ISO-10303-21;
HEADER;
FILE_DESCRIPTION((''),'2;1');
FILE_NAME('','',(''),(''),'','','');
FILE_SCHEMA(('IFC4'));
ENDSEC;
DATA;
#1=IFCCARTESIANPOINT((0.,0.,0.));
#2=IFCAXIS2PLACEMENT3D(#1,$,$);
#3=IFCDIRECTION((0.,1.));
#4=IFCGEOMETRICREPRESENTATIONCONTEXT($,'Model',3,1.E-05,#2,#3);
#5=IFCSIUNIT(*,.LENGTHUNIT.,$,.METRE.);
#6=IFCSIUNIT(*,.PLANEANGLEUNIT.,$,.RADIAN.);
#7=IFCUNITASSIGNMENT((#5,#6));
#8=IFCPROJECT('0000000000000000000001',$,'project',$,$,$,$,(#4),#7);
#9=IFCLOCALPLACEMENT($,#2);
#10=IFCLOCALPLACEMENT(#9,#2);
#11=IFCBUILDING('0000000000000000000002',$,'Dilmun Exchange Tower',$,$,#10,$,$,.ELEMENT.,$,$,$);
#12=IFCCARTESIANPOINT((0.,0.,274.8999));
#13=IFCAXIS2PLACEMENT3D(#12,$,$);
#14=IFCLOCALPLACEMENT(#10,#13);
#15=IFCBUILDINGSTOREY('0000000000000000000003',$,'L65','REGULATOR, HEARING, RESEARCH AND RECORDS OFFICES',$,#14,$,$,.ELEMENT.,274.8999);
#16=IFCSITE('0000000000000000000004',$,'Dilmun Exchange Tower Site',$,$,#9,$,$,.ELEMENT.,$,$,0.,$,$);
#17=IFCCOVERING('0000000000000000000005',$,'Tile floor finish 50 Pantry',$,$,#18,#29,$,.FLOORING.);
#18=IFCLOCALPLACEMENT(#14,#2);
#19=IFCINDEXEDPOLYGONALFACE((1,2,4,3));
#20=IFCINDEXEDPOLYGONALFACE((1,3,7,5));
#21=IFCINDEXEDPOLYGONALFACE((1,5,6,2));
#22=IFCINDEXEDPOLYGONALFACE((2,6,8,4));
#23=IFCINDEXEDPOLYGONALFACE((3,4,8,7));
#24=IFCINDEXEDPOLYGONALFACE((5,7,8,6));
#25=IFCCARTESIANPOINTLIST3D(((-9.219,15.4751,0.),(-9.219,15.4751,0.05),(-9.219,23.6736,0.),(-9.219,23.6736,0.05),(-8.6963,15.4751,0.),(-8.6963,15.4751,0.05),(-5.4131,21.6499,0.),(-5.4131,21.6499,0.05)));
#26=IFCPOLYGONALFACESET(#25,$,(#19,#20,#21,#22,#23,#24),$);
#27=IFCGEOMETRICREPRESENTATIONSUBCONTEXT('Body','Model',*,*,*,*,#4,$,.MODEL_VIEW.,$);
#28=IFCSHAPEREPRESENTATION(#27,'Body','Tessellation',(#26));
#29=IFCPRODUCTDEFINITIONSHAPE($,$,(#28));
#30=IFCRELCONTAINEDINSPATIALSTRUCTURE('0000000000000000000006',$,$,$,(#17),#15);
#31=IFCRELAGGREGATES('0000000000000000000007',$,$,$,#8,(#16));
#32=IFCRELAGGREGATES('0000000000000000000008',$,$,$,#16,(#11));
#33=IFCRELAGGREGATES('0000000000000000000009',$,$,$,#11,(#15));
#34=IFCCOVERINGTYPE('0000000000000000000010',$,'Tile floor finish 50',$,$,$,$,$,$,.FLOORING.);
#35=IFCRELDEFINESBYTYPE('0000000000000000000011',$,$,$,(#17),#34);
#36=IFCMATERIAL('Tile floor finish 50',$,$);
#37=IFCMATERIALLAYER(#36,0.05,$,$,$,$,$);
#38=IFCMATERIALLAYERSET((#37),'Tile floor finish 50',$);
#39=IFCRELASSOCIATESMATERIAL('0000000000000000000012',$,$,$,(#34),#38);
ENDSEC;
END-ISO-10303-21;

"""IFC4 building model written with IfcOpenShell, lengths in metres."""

from ifc_helpers import new_model, si_unit, direction, frame, origin, place, context, subcontext, project, spatial, polyline, outline, extrude, material, layer, layer_set, type_object, element, save


model = new_model("IFC4")

# Units and contexts
model_context = context("Model", 3, precision=1e-05, world=origin(), true_north=direction((0.0, 1.0)))
body_context = subcontext(model_context, "Body", "Model", "MODEL_VIEW")
ifc_project = project(units=[si_unit("LENGTHUNIT", "METRE"), si_unit("PLANEANGLEUNIT", "RADIAN")], contexts=[model_context])

# Site, building, storey
site_placement = place(None, origin())
site = spatial("IfcSite", under=ifc_project, at=site_placement, Name="Dilmun Exchange Tower Site", CompositionType="ELEMENT", RefElevation=0.0)
building_placement = place(site_placement, origin())
building = spatial("IfcBuilding", under=site, at=building_placement, Name="Dilmun Exchange Tower", CompositionType="ELEMENT")
storey_placement = place(building_placement, frame((0.0, 0.0, 274.8999)))
storey = spatial("IfcBuildingStorey", under=building, at=storey_placement, Name="L65", Description="REGULATOR, HEARING, RESEARCH AND RECORDS OFFICES", CompositionType="ELEMENT", Elevation=274.8999)

# Covering
ifc_material_1 = material(Name="Tile floor finish 50")
ifc_layer_1 = layer(ifc_material_1, 0.05)
ifc_layer_set_1 = layer_set([ifc_layer_1], Name="Tile floor finish 50")
covering_type_1 = type_object("IfcCoveringType", Name="Tile floor finish 50", PredefinedType="FLOORING", material=ifc_layer_set_1)
covering_1_placement = place(storey_placement, origin())
element("IfcCovering", 1, at=covering_1_placement, inside=storey, type_object=covering_type_1, Name="Tile floor finish 50 Pantry", PredefinedType="FLOORING", context=body_context, shape_type="SweptSolid", body=[
    extrude(outline(polyline([(-5.4131, 21.6499), (-8.6963, 15.4751), (-9.219, 15.4751), (-9.219, 23.6736), (-5.4131, 21.6499)])), origin(), (0.0, 0.0, 1.0), 0.05),
])

save(model, "model.ifc")
